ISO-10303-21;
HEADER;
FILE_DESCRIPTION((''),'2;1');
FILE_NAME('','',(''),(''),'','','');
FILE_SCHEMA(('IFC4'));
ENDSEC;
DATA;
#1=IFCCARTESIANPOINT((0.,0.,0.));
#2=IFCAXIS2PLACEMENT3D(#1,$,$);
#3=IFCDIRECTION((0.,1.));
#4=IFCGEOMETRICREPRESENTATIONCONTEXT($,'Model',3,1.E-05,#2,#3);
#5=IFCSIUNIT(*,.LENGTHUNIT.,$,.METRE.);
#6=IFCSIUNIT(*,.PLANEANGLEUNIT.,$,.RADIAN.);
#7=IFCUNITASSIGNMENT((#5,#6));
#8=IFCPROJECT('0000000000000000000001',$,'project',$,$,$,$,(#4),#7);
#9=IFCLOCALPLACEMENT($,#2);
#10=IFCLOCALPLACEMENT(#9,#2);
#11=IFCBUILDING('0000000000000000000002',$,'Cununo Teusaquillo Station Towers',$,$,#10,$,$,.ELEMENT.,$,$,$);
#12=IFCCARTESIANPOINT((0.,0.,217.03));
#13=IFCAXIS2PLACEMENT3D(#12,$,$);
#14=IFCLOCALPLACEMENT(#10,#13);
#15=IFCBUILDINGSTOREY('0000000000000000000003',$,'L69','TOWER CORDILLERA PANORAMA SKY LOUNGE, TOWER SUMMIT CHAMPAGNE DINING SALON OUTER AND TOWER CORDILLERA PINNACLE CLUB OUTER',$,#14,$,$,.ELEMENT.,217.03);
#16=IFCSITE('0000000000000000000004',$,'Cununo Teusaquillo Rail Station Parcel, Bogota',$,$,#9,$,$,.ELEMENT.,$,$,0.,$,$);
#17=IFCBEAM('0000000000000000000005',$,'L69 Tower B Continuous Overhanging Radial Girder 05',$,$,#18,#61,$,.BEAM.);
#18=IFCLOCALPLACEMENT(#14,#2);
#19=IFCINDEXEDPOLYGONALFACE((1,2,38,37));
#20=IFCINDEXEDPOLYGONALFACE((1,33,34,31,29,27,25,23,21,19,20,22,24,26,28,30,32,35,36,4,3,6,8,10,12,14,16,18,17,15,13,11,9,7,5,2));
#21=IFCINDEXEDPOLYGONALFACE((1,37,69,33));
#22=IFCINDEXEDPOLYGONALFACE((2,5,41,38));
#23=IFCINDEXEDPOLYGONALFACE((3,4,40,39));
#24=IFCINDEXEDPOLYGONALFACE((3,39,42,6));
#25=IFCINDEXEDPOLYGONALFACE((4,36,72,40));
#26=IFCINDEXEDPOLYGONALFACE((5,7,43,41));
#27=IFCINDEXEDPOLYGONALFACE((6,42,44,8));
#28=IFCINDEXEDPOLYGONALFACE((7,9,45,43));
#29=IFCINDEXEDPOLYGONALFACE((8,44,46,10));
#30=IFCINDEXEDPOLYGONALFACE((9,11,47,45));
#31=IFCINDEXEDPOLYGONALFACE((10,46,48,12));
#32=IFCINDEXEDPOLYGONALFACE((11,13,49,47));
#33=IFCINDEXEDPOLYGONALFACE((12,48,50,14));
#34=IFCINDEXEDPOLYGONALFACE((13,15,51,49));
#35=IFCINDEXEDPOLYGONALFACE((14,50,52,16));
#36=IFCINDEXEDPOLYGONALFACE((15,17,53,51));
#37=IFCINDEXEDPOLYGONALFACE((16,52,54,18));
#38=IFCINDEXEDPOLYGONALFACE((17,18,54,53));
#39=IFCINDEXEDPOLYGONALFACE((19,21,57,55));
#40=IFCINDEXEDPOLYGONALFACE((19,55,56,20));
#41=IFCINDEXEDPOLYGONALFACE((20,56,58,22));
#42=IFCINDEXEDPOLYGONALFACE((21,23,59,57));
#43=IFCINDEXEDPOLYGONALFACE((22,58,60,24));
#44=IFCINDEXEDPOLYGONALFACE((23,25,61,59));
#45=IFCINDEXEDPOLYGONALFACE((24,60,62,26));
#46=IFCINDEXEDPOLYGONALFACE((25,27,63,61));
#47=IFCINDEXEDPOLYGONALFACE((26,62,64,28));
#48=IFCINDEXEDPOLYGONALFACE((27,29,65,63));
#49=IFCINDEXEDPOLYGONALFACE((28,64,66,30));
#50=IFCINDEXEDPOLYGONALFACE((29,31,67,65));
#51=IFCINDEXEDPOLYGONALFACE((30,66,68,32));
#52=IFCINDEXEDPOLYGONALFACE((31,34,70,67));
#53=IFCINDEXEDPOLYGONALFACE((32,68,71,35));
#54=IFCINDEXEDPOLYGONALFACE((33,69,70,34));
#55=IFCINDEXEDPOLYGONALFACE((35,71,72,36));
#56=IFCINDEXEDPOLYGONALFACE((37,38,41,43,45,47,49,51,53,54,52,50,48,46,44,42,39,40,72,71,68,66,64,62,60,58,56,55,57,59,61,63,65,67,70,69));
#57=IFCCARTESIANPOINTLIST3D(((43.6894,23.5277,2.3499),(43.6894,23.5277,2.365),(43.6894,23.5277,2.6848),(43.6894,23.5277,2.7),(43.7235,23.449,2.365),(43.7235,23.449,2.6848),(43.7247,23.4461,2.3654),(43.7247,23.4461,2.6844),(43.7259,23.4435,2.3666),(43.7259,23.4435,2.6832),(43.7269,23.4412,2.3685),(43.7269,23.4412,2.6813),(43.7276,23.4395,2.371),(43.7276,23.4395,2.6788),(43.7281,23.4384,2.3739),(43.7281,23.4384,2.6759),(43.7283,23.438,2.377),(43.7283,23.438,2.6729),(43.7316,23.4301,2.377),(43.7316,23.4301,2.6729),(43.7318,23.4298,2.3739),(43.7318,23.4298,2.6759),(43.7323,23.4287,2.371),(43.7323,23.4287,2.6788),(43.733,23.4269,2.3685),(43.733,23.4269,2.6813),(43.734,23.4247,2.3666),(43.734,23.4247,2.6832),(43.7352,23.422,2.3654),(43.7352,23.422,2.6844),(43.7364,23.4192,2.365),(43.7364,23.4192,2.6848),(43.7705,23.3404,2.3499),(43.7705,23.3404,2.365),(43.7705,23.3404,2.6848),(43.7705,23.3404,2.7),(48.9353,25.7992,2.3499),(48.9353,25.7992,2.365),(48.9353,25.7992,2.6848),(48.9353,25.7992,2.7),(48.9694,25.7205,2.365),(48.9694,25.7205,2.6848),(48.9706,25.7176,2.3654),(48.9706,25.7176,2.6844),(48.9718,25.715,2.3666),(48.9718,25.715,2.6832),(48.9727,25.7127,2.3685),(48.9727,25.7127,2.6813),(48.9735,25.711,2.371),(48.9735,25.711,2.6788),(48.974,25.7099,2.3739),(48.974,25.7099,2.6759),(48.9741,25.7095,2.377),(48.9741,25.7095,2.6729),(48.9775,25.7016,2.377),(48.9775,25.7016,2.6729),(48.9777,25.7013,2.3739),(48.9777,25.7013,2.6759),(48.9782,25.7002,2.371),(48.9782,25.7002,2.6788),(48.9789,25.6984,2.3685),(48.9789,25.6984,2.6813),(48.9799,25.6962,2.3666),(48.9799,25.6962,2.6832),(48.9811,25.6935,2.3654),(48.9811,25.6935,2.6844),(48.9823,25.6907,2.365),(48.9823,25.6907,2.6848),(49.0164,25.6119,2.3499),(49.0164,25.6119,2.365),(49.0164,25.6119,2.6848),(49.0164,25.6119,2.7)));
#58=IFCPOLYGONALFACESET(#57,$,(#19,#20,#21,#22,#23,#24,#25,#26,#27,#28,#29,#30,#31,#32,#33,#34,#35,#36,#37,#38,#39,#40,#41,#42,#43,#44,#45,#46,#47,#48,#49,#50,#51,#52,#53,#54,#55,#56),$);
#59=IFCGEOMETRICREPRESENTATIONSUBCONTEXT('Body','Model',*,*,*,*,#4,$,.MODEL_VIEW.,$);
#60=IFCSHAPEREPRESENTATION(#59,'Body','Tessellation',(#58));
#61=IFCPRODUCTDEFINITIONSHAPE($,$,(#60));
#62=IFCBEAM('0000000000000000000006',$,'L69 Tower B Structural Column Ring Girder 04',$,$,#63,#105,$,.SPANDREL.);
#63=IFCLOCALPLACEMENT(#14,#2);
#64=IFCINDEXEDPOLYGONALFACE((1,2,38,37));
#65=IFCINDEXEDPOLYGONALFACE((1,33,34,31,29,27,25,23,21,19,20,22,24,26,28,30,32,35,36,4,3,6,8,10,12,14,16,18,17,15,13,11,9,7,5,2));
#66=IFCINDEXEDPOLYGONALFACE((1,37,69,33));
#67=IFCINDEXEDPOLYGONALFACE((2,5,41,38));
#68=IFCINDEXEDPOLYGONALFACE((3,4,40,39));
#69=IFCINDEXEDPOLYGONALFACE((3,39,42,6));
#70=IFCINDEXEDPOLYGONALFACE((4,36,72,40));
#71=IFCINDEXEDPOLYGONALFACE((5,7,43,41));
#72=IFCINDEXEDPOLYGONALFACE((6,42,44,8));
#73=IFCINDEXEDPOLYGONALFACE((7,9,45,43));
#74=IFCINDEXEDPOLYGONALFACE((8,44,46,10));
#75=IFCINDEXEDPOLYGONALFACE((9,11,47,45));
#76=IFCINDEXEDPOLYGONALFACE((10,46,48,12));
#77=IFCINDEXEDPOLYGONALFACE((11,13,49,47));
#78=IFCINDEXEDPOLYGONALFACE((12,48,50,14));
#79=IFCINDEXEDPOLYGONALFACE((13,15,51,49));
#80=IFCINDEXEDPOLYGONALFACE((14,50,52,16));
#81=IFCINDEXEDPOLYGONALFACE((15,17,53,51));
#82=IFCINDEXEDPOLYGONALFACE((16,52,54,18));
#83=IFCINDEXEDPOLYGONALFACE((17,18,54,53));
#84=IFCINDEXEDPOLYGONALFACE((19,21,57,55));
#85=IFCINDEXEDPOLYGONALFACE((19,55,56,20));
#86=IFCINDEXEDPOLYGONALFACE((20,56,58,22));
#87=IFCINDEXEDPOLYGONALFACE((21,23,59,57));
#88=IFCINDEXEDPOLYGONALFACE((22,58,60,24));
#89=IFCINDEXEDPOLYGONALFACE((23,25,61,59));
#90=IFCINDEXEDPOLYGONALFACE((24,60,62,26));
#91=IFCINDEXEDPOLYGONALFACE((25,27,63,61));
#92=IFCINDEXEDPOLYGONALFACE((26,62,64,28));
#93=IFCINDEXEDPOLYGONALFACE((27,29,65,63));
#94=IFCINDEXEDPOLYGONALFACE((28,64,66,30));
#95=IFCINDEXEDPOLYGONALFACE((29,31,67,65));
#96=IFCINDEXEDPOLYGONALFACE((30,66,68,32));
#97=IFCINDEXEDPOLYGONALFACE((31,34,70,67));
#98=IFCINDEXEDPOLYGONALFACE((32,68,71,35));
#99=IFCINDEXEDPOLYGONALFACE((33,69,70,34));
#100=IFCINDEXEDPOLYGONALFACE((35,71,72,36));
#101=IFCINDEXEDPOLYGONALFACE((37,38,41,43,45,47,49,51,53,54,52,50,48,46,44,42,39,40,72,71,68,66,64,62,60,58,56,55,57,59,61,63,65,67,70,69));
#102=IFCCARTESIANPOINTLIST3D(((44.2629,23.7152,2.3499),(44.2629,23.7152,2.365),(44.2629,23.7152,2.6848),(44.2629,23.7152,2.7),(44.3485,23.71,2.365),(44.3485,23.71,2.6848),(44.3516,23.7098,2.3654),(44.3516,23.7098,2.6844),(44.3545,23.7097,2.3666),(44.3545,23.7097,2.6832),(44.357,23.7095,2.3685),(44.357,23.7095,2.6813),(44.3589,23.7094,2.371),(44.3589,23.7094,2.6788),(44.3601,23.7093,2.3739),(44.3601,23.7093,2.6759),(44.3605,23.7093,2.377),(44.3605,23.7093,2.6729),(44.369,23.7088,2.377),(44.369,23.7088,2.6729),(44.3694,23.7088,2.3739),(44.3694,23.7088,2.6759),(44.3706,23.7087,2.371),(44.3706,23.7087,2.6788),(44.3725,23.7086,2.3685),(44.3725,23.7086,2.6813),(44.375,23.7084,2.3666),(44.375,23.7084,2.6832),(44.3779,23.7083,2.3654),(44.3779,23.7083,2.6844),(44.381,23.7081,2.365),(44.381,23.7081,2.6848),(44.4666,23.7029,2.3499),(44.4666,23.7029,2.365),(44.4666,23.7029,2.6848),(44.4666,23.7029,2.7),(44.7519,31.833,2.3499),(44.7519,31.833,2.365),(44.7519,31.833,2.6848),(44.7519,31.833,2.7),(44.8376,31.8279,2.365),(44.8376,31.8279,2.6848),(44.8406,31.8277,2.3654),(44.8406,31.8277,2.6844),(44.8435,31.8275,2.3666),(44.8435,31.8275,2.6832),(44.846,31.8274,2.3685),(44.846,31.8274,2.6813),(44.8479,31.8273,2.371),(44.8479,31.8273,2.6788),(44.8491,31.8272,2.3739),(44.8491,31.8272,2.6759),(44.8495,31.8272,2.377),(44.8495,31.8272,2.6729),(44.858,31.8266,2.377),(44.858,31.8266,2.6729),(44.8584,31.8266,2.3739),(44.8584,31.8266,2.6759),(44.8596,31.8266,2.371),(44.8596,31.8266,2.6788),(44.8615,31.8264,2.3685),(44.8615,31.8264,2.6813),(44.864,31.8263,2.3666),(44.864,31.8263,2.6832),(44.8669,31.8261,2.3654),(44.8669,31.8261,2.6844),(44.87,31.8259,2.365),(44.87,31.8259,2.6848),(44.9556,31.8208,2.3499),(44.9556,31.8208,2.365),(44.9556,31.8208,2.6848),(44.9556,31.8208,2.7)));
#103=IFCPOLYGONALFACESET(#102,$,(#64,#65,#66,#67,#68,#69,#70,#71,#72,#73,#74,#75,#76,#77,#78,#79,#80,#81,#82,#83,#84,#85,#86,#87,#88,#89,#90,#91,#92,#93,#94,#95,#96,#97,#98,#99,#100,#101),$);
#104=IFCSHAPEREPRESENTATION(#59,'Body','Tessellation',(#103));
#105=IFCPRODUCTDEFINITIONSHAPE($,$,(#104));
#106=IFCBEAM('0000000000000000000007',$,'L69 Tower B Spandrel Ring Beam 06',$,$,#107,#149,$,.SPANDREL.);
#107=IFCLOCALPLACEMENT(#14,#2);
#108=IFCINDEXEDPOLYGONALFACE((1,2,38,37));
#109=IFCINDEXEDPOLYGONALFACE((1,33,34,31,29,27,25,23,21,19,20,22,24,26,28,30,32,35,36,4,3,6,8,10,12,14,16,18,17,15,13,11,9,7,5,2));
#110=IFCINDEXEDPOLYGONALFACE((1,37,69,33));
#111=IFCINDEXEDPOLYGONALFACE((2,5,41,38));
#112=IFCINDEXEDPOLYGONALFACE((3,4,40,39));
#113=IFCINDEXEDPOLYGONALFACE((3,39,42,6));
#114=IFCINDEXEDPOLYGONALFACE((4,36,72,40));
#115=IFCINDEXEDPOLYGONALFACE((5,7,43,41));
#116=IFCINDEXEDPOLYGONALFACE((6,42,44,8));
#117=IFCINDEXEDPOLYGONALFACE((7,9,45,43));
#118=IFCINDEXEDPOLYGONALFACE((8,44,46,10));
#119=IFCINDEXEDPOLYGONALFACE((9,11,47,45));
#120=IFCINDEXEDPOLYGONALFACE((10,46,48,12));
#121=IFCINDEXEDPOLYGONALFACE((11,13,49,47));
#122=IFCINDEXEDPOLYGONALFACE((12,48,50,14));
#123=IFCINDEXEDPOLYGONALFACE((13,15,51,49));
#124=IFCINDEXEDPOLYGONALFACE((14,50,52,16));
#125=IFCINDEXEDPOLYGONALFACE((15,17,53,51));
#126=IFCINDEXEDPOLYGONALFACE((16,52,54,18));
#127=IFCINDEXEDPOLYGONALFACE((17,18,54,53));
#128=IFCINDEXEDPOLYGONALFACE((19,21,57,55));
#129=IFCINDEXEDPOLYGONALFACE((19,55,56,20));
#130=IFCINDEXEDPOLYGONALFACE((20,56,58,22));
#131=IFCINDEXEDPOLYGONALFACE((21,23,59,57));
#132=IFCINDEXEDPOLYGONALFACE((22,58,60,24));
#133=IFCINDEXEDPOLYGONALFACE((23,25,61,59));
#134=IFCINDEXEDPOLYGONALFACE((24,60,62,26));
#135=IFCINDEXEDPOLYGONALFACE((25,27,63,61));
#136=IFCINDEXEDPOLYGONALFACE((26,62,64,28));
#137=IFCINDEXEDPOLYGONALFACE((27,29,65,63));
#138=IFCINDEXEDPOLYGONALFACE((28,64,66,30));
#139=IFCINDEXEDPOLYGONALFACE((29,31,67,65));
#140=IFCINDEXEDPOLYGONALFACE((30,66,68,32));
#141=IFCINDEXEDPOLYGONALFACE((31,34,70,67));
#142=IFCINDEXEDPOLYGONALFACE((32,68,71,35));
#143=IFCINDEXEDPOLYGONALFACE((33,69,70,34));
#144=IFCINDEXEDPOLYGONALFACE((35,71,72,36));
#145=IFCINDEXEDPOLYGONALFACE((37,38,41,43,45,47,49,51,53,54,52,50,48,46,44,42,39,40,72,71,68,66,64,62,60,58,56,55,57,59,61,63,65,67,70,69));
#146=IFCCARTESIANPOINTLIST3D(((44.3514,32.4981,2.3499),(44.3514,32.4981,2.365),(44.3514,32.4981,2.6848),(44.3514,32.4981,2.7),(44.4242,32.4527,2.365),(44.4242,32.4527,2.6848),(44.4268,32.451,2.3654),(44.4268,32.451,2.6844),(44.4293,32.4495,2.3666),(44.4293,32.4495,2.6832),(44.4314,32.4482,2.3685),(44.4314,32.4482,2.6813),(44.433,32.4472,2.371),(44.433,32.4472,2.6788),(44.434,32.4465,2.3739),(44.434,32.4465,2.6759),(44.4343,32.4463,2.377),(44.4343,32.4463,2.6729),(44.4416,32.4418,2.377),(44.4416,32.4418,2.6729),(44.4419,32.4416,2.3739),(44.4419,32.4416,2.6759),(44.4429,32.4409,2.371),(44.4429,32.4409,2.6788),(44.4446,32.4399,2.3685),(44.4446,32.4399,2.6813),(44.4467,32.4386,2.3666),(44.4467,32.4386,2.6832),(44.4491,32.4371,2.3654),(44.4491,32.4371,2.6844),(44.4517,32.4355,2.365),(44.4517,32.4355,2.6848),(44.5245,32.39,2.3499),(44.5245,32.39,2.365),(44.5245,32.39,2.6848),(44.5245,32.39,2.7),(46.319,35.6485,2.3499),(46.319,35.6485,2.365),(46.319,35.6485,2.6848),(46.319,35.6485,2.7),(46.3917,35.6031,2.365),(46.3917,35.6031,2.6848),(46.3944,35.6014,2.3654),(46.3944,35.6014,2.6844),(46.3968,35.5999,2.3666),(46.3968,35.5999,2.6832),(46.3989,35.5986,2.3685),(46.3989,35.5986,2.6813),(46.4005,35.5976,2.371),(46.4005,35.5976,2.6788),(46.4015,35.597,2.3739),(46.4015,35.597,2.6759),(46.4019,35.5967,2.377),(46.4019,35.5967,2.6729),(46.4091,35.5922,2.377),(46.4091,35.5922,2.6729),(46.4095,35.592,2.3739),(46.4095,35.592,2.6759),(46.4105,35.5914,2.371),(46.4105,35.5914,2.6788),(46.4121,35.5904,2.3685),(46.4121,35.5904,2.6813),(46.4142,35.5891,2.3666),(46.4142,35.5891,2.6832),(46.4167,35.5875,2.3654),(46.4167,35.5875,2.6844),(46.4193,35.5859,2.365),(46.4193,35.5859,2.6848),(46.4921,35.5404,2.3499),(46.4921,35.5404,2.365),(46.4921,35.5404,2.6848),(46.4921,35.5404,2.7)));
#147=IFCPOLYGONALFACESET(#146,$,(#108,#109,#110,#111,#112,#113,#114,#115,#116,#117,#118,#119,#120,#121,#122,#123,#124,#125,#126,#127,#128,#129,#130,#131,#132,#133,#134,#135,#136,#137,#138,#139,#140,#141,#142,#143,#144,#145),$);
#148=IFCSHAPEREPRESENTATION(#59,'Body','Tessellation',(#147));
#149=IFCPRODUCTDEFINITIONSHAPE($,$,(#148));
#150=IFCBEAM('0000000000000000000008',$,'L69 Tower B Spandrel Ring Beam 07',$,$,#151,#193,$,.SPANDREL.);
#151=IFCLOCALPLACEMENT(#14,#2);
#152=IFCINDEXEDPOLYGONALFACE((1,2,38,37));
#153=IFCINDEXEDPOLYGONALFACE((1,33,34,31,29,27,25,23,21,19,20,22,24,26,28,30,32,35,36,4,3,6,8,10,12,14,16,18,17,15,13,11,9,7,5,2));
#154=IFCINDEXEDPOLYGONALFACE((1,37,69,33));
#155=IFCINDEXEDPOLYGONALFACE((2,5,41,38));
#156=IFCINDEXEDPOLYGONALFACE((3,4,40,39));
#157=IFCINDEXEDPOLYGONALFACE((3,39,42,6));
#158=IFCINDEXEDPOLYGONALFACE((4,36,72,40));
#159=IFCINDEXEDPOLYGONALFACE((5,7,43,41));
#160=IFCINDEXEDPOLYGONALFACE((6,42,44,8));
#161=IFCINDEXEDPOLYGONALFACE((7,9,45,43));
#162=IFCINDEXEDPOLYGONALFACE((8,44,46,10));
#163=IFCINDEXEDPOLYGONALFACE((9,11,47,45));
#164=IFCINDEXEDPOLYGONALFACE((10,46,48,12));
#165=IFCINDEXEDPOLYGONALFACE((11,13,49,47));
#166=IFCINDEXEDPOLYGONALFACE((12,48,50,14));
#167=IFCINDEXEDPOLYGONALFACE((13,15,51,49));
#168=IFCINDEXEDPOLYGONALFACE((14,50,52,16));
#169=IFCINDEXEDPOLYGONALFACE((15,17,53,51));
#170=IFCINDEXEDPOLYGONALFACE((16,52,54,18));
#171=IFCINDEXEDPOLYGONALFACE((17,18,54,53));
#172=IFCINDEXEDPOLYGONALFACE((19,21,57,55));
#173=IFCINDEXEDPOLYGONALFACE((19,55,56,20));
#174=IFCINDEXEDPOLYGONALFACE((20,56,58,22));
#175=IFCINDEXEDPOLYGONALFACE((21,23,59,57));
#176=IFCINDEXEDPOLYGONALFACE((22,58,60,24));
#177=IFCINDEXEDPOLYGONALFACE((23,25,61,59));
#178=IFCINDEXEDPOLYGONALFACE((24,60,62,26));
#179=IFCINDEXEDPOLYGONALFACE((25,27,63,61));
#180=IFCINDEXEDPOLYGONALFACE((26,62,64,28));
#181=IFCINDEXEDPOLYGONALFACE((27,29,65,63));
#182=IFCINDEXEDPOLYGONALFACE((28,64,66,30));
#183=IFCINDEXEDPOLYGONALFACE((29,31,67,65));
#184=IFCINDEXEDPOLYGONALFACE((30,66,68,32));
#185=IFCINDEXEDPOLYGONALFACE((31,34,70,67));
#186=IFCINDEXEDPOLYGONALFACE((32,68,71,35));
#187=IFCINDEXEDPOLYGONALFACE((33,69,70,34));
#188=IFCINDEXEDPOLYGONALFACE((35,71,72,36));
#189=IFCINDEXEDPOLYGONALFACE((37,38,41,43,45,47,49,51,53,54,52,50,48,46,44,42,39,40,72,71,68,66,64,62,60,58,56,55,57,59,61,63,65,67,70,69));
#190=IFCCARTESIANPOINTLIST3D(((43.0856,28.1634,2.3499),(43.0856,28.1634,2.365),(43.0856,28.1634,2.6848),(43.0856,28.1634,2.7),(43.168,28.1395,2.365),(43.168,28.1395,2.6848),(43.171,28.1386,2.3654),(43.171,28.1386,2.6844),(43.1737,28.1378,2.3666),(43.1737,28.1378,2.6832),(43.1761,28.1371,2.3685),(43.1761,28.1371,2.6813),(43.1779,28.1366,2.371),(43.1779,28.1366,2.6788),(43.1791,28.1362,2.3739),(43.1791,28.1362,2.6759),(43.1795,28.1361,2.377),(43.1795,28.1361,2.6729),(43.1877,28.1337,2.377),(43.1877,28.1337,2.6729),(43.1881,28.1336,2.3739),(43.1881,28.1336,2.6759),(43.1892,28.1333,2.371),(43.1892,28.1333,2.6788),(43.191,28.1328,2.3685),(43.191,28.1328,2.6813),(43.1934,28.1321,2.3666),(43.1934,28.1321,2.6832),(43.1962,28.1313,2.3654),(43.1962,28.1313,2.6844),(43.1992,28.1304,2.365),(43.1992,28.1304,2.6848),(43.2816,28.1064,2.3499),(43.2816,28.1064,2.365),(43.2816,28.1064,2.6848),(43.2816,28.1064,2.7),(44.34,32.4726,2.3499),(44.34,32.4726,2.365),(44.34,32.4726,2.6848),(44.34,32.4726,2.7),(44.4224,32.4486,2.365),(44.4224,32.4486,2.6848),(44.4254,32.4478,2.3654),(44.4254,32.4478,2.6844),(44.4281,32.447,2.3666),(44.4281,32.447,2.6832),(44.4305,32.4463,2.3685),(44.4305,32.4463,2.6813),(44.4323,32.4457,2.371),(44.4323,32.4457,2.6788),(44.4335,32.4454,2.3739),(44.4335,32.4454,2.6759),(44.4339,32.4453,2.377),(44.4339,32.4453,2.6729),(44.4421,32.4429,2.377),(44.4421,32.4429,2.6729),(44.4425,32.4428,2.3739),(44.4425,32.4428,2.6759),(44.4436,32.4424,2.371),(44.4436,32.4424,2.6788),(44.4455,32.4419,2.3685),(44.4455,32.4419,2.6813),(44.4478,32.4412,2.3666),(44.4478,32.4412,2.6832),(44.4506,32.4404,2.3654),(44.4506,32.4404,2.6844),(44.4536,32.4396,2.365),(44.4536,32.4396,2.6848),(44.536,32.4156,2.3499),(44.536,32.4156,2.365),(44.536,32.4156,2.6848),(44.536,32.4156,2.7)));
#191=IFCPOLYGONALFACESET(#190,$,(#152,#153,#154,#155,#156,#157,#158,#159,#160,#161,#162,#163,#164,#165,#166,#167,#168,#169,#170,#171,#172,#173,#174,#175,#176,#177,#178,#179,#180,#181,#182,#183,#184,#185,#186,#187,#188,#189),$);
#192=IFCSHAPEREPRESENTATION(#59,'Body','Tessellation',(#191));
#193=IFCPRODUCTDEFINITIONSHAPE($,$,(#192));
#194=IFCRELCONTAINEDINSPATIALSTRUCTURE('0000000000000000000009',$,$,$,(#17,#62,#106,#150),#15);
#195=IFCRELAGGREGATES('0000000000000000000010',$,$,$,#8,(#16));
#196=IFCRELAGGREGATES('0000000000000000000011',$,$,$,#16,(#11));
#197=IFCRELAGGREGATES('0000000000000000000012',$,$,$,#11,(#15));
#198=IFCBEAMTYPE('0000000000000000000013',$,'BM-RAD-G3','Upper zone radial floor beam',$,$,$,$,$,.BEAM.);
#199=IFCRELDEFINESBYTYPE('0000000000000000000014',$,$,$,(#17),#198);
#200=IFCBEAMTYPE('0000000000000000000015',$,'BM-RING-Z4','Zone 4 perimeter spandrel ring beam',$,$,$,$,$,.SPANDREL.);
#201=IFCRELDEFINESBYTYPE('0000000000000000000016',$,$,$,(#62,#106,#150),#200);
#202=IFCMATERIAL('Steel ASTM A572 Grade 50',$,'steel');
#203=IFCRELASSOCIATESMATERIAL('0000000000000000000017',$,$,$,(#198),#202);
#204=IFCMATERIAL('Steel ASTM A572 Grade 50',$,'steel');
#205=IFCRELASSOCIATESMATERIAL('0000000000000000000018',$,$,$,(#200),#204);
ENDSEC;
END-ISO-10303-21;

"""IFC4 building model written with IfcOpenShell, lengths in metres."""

from ifc_helpers import new_model, si_unit, direction, frame, origin, origin_2d, place, context, subcontext, project, spatial, i_section, extrude, material, material_profile, profile_set, type_object, element, save


model = new_model("IFC4")

# Units and contexts
model_context = context("Model", 3, precision=1e-05, world=origin(), true_north=direction((0.0, 1.0)))
body_context = subcontext(model_context, "Body", "Model", "MODEL_VIEW")
ifc_project = project(units=[si_unit("LENGTHUNIT", "METRE"), si_unit("PLANEANGLEUNIT", "RADIAN")], contexts=[model_context])

# Site, building, storey
site_placement = place(None, origin())
site = spatial("IfcSite", under=ifc_project, at=site_placement, Name="Cununo Teusaquillo Rail Station Parcel, Bogota", CompositionType="ELEMENT", RefElevation=0.0)
building_placement = place(site_placement, origin())
building = spatial("IfcBuilding", under=site, at=building_placement, Name="Cununo Teusaquillo Station Towers", CompositionType="ELEMENT")
storey_placement = place(building_placement, frame((0.0, 0.0, 217.03)))
storey = spatial("IfcBuildingStorey", under=building, at=storey_placement, Name="L69", Description="TOWER CORDILLERA PANORAMA SKY LOUNGE, TOWER SUMMIT CHAMPAGNE DINING SALON OUTER AND TOWER CORDILLERA PINNACLE CLUB OUTER", CompositionType="ELEMENT", Elevation=217.03)

# Beams
ifc_material_1 = material(Name="Steel ASTM A572 Grade 50", Category="steel")
ifc_material_profile_1 = material_profile(ifc_material_1, i_section(OverallWidth=0.2041, OverallDepth=0.3501, WebThickness=0.0085, FlangeThickness=0.0151, FilletRadius=0.012, at=origin_2d()), Name="W14X48")
ifc_profile_set_1 = profile_set([ifc_material_profile_1], Name="Steel ASTM A572 Grade 50")
beam_type_1 = type_object("IfcBeamType", Name="BM-RAD-G3", Description="Upper zone radial floor beam", PredefinedType="BEAM", material=ifc_profile_set_1)
beam_1_placement = place(storey_placement, frame((48.9758, 25.7056, 2.5249), z_axis=(-0.917665, -0.397355, 0.0), x_axis=(0.397355, -0.917665, 0.0)))
element("IfcBeam", 1, at=beam_1_placement, inside=storey, type_object=beam_type_1, Name="L69 Tower B Continuous Overhanging Radial Girder 05", PredefinedType="BEAM", context=body_context, shape_type="SweptSolid", body=[
    extrude(i_section(OverallWidth=0.2041, OverallDepth=0.3501, WebThickness=0.0085, FlangeThickness=0.0151, FilletRadius=0.012, at=origin_2d()), origin(), (0.0, 0.0, 1.0), 5.7166),
])
ifc_material_2 = material(Name="Steel ASTM A572 Grade 50", Category="steel")
ifc_material_profile_2 = material_profile(ifc_material_2, i_section(OverallWidth=0.2041, OverallDepth=0.3501, WebThickness=0.0085, FlangeThickness=0.0151, FilletRadius=0.012, at=origin_2d()), Name="W14X48")
ifc_profile_set_2 = profile_set([ifc_material_profile_2], Name="Steel ASTM A572 Grade 50")
beam_type_2 = type_object("IfcBeamType", Name="BM-RING-Z4", Description="Zone 4 perimeter spandrel ring beam", PredefinedType="SPANDREL", material=ifc_profile_set_2)
beam_2_placement = place(storey_placement, frame((44.8538, 31.8269, 2.5249), z_axis=(-0.06013, -0.998191, 0.0), x_axis=(0.998191, -0.06013, 0.0)))
element("IfcBeam", 2, at=beam_2_placement, inside=storey, type_object=beam_type_2, Name="L69 Tower B Structural Column Ring Girder 04", PredefinedType="SPANDREL", context=body_context, shape_type="SweptSolid", body=[
    extrude(i_section(OverallWidth=0.2041, OverallDepth=0.3501, WebThickness=0.0085, FlangeThickness=0.0151, FilletRadius=0.012, at=origin_2d()), origin(), (0.0, 0.0, 1.0), 8.1326),
])
beam_3_placement = place(storey_placement, frame((46.4055, 35.5945, 2.5249), z_axis=(-0.529715, -0.848176, 0.0), x_axis=(0.848176, -0.529715, 0.0)))
element("IfcBeam", 3, at=beam_3_placement, inside=storey, type_object=beam_type_2, Name="L69 Tower B Spandrel Ring Beam 06", PredefinedType="SPANDREL", context=body_context, shape_type="SweptSolid", body=[
    extrude(i_section(OverallWidth=0.2041, OverallDepth=0.3501, WebThickness=0.0085, FlangeThickness=0.0151, FilletRadius=0.012, at=origin_2d()), origin(), (0.0, 0.0, 1.0), 3.7144),
])
beam_4_placement = place(storey_placement, frame((44.438, 32.4441, 2.5249), z_axis=(-0.279503, -0.960145, 0.0), x_axis=(0.960145, -0.279503, 0.0)))
element("IfcBeam", 4, at=beam_4_placement, inside=storey, type_object=beam_type_2, Name="L69 Tower B Spandrel Ring Beam 07", PredefinedType="SPANDREL", context=body_context, shape_type="SweptSolid", body=[
    extrude(i_section(OverallWidth=0.2041, OverallDepth=0.3501, WebThickness=0.0085, FlangeThickness=0.0151, FilletRadius=0.012, at=origin_2d()), origin(), (0.0, 0.0, 1.0), 4.488),
])

save(model, "model.ifc")
